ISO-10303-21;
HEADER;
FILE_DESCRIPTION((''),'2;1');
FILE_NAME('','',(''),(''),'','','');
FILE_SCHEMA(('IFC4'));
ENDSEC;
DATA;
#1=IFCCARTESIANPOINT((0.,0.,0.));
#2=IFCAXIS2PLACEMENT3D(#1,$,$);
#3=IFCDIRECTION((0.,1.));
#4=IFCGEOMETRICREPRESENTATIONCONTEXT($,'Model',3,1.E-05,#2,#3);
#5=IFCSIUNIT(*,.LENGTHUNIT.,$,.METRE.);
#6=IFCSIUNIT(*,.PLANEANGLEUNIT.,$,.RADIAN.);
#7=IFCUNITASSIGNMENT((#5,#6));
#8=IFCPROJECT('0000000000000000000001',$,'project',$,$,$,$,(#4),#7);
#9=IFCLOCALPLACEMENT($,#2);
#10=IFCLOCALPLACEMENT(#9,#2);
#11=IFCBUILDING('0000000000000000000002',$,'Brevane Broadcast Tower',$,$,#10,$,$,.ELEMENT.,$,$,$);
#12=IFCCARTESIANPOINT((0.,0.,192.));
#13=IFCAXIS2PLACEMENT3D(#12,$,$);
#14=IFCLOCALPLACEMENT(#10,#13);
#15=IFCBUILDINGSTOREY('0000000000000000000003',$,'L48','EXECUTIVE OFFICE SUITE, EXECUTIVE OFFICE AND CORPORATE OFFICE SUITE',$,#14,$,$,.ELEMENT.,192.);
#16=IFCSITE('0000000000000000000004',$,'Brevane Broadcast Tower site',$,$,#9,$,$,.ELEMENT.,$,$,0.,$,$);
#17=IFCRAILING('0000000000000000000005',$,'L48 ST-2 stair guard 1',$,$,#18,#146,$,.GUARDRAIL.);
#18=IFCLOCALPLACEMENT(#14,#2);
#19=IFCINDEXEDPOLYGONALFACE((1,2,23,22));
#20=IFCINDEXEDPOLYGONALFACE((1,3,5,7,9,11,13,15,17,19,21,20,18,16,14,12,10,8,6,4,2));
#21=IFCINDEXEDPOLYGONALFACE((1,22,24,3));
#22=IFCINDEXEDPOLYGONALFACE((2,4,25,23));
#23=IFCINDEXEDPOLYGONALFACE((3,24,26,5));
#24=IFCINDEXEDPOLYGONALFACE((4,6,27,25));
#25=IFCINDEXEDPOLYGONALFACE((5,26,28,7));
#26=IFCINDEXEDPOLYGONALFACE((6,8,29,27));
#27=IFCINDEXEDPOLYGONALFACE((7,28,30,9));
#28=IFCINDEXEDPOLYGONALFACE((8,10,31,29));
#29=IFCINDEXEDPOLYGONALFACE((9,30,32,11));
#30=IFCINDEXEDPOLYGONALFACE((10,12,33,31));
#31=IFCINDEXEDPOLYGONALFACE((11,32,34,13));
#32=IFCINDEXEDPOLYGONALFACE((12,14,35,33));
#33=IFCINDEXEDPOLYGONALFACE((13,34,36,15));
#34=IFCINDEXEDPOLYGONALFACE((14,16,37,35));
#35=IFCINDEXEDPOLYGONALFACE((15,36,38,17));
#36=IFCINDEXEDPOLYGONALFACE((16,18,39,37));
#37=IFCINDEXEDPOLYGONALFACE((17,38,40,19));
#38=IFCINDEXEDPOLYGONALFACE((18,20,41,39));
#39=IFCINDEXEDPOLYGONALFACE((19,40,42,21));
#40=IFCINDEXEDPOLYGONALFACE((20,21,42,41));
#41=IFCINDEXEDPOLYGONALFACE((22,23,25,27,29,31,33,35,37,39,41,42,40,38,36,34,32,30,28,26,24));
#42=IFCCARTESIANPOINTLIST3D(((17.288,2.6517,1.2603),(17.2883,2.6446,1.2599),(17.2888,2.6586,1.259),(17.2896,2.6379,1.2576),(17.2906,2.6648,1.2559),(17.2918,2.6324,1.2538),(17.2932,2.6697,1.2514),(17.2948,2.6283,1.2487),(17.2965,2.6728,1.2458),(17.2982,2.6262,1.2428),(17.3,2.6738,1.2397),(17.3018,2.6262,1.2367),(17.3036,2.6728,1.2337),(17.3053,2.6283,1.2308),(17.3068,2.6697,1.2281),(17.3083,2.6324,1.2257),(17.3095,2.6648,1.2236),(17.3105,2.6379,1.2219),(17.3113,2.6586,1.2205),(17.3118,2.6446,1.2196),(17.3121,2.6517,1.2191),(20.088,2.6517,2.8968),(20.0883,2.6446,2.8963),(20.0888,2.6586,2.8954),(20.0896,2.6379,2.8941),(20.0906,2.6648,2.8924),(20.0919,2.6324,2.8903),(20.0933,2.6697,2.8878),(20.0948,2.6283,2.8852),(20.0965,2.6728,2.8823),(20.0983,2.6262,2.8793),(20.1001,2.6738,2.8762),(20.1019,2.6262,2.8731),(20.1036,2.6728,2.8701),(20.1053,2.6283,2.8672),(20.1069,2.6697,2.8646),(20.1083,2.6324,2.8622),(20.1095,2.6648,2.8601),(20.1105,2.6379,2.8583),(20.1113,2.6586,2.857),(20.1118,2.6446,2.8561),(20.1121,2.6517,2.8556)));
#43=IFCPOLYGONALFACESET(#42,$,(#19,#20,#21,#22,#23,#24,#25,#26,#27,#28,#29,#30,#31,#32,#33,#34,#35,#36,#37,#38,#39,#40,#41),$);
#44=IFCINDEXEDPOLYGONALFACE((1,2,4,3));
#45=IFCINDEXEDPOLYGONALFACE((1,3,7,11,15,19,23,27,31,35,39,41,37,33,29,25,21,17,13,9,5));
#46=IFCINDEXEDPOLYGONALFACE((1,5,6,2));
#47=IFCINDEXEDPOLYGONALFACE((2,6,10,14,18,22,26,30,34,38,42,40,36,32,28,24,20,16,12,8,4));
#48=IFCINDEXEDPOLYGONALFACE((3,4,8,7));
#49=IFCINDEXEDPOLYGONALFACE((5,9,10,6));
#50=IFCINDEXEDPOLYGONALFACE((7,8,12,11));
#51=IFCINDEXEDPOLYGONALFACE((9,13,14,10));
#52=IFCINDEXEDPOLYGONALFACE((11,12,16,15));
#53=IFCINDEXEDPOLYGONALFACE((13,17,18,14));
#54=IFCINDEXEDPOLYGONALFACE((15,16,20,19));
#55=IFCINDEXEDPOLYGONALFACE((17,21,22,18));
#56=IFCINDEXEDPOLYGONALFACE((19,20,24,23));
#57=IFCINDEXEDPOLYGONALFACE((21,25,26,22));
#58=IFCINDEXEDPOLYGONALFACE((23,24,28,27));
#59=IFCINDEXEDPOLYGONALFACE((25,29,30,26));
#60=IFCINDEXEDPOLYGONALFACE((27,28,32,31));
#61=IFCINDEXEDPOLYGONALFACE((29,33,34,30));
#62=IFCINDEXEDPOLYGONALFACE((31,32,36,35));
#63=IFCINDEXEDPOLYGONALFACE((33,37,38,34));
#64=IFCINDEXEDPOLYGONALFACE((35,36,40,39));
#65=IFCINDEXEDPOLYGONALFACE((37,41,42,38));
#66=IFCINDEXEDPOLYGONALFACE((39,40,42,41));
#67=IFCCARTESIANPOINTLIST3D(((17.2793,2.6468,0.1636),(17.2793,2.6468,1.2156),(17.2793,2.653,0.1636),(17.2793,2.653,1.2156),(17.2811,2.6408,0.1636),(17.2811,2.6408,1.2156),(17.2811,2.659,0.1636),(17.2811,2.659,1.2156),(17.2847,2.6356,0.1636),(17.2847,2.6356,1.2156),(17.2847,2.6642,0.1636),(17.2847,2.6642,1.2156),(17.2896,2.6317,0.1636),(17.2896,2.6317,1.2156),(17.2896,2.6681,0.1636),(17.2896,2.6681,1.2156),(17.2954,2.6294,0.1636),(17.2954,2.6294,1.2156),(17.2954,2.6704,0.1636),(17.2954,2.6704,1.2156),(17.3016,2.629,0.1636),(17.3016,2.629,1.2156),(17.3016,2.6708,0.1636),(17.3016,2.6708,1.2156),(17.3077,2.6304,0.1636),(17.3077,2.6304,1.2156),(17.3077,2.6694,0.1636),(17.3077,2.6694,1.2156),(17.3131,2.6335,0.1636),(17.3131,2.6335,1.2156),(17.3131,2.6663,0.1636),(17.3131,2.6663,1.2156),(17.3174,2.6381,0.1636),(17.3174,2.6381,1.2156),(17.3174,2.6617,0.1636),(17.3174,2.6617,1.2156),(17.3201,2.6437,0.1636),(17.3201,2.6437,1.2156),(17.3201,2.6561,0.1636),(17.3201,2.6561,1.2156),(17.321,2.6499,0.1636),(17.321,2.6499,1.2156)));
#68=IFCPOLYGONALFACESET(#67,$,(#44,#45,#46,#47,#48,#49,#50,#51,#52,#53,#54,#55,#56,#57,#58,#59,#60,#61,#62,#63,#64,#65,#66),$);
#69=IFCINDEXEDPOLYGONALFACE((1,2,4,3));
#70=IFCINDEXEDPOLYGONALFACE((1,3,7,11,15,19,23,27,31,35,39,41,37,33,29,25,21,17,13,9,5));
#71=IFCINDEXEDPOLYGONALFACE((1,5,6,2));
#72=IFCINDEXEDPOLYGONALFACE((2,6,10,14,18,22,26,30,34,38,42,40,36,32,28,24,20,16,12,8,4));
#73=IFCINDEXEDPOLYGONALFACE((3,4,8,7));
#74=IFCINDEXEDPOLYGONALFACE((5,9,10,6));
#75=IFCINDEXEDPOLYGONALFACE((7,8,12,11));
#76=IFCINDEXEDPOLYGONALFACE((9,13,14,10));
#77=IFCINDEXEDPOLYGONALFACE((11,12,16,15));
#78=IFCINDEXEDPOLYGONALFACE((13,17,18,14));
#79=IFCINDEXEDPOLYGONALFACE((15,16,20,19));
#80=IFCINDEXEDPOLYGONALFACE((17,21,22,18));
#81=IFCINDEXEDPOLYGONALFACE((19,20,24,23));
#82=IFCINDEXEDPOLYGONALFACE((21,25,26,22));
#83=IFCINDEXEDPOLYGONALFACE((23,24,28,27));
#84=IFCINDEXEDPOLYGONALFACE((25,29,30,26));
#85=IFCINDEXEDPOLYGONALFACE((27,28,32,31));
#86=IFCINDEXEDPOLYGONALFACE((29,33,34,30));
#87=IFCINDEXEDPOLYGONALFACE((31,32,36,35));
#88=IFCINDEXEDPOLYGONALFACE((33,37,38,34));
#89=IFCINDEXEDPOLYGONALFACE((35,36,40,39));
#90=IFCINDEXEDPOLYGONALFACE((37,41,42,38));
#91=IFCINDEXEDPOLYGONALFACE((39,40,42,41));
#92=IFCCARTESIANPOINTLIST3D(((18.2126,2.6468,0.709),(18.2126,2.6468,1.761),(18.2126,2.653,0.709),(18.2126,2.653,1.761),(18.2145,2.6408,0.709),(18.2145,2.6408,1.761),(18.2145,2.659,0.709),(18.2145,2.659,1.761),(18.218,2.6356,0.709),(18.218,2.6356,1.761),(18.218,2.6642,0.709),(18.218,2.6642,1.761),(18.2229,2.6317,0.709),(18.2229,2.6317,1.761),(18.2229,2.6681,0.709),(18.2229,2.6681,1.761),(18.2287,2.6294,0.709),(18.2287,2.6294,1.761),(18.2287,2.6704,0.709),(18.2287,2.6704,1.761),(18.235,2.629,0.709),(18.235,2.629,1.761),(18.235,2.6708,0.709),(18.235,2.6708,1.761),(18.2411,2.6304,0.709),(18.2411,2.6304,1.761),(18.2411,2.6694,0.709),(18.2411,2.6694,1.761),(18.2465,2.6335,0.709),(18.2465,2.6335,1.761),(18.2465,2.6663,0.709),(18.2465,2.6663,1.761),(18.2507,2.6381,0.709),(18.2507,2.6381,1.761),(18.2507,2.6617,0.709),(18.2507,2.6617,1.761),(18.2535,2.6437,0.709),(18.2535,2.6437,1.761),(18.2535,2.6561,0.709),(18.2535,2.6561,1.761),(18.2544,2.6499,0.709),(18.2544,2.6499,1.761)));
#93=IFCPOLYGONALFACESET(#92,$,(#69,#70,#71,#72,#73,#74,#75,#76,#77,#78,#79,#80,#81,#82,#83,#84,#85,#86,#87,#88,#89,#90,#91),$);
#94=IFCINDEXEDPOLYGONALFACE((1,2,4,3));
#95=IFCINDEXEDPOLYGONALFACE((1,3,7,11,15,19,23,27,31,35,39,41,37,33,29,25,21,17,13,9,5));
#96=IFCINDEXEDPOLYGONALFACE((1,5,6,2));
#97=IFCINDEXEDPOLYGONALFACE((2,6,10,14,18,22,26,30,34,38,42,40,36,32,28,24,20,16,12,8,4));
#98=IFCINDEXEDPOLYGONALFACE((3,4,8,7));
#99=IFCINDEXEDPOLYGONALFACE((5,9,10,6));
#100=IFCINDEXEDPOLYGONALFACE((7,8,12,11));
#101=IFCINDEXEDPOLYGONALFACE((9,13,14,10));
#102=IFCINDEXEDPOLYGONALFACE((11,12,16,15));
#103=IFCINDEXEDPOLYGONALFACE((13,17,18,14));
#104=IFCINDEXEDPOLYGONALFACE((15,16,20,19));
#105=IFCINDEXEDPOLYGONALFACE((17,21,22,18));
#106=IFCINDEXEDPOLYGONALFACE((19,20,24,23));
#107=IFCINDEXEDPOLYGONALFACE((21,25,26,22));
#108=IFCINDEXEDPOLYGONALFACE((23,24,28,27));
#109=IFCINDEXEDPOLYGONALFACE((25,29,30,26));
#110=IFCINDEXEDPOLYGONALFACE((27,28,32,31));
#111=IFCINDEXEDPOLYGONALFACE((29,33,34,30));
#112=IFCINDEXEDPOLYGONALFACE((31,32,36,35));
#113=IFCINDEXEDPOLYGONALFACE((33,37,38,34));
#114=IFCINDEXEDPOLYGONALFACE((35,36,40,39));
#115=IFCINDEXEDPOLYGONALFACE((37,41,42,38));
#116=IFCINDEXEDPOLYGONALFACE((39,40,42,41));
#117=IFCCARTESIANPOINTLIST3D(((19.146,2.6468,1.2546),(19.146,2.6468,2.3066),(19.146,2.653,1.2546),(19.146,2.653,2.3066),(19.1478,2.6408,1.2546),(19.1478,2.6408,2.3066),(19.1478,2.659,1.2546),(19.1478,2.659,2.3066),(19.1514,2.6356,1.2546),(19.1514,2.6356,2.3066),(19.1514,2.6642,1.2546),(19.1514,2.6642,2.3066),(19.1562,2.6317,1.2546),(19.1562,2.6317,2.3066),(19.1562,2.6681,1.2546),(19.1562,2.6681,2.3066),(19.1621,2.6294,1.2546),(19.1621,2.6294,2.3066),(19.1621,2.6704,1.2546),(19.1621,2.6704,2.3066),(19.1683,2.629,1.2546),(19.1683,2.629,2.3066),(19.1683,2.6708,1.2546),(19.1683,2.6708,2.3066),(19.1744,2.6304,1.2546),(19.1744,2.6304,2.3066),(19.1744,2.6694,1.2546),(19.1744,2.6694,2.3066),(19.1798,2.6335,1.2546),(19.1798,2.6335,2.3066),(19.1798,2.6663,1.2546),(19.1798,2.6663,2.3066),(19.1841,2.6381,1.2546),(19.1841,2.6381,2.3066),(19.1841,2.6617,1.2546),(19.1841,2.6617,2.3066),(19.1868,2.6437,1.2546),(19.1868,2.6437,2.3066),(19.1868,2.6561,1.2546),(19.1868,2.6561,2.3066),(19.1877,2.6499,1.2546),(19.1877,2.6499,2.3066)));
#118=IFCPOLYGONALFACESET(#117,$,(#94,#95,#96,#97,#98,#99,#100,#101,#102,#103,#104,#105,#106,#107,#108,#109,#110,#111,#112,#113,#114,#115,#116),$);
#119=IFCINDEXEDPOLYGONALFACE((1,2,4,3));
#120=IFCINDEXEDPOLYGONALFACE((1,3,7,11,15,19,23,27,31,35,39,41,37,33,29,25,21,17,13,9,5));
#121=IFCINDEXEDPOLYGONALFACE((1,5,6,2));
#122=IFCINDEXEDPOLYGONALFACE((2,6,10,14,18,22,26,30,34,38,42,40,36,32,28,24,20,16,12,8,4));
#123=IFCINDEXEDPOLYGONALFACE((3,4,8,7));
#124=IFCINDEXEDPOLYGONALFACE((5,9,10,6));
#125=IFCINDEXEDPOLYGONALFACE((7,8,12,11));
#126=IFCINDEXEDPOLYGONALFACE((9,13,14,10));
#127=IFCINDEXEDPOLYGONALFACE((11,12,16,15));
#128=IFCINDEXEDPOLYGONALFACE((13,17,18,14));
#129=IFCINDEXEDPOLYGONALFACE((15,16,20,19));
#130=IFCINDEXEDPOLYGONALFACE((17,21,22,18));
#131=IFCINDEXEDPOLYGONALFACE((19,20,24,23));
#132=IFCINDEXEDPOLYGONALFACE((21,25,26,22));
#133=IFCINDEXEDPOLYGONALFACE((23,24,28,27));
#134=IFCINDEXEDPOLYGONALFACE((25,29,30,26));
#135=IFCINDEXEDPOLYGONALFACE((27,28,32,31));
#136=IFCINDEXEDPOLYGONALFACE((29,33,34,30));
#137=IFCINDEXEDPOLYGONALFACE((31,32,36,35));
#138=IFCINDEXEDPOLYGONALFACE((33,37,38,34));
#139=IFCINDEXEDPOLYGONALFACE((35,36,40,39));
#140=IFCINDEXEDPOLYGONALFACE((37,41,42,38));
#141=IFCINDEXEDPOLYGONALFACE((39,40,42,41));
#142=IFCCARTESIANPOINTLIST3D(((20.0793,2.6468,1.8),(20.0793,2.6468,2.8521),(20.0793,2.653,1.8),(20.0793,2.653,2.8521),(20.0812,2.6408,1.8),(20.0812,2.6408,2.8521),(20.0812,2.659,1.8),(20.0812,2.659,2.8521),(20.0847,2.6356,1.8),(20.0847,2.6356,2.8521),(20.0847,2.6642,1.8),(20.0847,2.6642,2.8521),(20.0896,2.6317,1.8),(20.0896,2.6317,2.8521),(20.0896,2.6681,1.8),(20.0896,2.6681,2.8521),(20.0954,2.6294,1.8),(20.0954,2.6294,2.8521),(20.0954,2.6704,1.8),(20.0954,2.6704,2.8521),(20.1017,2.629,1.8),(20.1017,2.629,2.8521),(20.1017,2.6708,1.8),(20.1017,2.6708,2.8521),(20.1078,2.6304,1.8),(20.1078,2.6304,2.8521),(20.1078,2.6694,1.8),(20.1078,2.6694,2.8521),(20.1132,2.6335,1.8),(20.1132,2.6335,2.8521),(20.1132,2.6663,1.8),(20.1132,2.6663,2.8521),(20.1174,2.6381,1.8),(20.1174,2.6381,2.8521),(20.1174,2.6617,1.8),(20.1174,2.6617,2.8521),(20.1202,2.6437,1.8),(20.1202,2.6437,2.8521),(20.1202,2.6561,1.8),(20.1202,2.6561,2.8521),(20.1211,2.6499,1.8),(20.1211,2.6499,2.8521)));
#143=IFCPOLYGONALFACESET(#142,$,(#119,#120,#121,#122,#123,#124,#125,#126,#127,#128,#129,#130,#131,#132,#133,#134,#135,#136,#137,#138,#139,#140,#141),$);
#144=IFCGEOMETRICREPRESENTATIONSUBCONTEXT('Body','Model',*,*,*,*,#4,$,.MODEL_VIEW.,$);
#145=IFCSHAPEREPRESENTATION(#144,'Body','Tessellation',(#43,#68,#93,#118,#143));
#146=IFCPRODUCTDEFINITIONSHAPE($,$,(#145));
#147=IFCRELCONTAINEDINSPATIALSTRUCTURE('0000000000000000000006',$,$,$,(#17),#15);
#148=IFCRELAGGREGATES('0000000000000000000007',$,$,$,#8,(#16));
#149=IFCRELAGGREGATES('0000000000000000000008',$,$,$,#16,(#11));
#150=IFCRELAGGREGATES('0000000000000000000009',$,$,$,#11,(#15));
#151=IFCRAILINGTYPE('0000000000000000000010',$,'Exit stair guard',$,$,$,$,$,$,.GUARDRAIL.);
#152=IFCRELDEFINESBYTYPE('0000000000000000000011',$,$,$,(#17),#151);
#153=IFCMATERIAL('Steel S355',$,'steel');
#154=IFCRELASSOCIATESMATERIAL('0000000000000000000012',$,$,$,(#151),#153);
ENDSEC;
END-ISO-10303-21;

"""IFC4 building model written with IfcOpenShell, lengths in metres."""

from ifc_helpers import new_model, si_unit, direction, frame, origin, origin_2d, place, context, subcontext, project, spatial, circle, extrude, material, type_object, element, save


model = new_model("IFC4")

# Units and contexts
model_context = context("Model", 3, precision=1e-05, world=origin(), true_north=direction((0.0, 1.0)))
body_context = subcontext(model_context, "Body", "Model", "MODEL_VIEW")
ifc_project = project(units=[si_unit("LENGTHUNIT", "METRE"), si_unit("PLANEANGLEUNIT", "RADIAN")], contexts=[model_context])

# Site, building, storey
site_placement = place(None, origin())
site = spatial("IfcSite", under=ifc_project, at=site_placement, Name="Brevane Broadcast Tower site", CompositionType="ELEMENT", RefElevation=0.0)
building_placement = place(site_placement, origin())
building = spatial("IfcBuilding", under=site, at=building_placement, Name="Brevane Broadcast Tower", CompositionType="ELEMENT")
storey_placement = place(building_placement, frame((0.0, 0.0, 192.0)))
storey = spatial("IfcBuildingStorey", under=building, at=storey_placement, Name="L48", Description="EXECUTIVE OFFICE SUITE, EXECUTIVE OFFICE AND CORPORATE OFFICE SUITE", CompositionType="ELEMENT", Elevation=192.0)

# Railing
ifc_material_1 = material(Name="Steel S355", Category="steel")
railing_type_1 = type_object("IfcRailingType", Name="Exit stair guard", PredefinedType="GUARDRAIL", material=ifc_material_1)
railing_1_placement = place(storey_placement, frame((17.3, 2.6499, 0.1636)))
element("IfcRailing", 1, at=railing_1_placement, inside=storey, type_object=railing_type_1, Name="L48 ST-2 stair guard 1", PredefinedType="GUARDRAIL", context=body_context, shape_type="SweptSolid", body=[
    extrude(circle(Radius=0.0239, at=origin_2d()), frame((0.0, 0.0, 1.0762), z_axis=(0.863361, 0.0, 0.504587), x_axis=(0.0, 1.0, 0.0)), (0.0, 0.0, 1.0), 3.2432),
    extrude(circle(Radius=0.021, at=origin_2d()), origin(), (0.0, 0.0, 1.0), 1.052),
    extrude(circle(Radius=0.021, at=origin_2d()), frame((0.9333, 0.0, 0.5454)), (0.0, 0.0, 1.0), 1.052),
    extrude(circle(Radius=0.021, at=origin_2d()), frame((1.8667, 0.0, 1.0911)), (0.0, 0.0, 1.0), 1.052),
    extrude(circle(Radius=0.021, at=origin_2d()), frame((2.8, 0.0, 1.6365)), (0.0, 0.0, 1.0), 1.052),
])

save(model, "model.ifc")
